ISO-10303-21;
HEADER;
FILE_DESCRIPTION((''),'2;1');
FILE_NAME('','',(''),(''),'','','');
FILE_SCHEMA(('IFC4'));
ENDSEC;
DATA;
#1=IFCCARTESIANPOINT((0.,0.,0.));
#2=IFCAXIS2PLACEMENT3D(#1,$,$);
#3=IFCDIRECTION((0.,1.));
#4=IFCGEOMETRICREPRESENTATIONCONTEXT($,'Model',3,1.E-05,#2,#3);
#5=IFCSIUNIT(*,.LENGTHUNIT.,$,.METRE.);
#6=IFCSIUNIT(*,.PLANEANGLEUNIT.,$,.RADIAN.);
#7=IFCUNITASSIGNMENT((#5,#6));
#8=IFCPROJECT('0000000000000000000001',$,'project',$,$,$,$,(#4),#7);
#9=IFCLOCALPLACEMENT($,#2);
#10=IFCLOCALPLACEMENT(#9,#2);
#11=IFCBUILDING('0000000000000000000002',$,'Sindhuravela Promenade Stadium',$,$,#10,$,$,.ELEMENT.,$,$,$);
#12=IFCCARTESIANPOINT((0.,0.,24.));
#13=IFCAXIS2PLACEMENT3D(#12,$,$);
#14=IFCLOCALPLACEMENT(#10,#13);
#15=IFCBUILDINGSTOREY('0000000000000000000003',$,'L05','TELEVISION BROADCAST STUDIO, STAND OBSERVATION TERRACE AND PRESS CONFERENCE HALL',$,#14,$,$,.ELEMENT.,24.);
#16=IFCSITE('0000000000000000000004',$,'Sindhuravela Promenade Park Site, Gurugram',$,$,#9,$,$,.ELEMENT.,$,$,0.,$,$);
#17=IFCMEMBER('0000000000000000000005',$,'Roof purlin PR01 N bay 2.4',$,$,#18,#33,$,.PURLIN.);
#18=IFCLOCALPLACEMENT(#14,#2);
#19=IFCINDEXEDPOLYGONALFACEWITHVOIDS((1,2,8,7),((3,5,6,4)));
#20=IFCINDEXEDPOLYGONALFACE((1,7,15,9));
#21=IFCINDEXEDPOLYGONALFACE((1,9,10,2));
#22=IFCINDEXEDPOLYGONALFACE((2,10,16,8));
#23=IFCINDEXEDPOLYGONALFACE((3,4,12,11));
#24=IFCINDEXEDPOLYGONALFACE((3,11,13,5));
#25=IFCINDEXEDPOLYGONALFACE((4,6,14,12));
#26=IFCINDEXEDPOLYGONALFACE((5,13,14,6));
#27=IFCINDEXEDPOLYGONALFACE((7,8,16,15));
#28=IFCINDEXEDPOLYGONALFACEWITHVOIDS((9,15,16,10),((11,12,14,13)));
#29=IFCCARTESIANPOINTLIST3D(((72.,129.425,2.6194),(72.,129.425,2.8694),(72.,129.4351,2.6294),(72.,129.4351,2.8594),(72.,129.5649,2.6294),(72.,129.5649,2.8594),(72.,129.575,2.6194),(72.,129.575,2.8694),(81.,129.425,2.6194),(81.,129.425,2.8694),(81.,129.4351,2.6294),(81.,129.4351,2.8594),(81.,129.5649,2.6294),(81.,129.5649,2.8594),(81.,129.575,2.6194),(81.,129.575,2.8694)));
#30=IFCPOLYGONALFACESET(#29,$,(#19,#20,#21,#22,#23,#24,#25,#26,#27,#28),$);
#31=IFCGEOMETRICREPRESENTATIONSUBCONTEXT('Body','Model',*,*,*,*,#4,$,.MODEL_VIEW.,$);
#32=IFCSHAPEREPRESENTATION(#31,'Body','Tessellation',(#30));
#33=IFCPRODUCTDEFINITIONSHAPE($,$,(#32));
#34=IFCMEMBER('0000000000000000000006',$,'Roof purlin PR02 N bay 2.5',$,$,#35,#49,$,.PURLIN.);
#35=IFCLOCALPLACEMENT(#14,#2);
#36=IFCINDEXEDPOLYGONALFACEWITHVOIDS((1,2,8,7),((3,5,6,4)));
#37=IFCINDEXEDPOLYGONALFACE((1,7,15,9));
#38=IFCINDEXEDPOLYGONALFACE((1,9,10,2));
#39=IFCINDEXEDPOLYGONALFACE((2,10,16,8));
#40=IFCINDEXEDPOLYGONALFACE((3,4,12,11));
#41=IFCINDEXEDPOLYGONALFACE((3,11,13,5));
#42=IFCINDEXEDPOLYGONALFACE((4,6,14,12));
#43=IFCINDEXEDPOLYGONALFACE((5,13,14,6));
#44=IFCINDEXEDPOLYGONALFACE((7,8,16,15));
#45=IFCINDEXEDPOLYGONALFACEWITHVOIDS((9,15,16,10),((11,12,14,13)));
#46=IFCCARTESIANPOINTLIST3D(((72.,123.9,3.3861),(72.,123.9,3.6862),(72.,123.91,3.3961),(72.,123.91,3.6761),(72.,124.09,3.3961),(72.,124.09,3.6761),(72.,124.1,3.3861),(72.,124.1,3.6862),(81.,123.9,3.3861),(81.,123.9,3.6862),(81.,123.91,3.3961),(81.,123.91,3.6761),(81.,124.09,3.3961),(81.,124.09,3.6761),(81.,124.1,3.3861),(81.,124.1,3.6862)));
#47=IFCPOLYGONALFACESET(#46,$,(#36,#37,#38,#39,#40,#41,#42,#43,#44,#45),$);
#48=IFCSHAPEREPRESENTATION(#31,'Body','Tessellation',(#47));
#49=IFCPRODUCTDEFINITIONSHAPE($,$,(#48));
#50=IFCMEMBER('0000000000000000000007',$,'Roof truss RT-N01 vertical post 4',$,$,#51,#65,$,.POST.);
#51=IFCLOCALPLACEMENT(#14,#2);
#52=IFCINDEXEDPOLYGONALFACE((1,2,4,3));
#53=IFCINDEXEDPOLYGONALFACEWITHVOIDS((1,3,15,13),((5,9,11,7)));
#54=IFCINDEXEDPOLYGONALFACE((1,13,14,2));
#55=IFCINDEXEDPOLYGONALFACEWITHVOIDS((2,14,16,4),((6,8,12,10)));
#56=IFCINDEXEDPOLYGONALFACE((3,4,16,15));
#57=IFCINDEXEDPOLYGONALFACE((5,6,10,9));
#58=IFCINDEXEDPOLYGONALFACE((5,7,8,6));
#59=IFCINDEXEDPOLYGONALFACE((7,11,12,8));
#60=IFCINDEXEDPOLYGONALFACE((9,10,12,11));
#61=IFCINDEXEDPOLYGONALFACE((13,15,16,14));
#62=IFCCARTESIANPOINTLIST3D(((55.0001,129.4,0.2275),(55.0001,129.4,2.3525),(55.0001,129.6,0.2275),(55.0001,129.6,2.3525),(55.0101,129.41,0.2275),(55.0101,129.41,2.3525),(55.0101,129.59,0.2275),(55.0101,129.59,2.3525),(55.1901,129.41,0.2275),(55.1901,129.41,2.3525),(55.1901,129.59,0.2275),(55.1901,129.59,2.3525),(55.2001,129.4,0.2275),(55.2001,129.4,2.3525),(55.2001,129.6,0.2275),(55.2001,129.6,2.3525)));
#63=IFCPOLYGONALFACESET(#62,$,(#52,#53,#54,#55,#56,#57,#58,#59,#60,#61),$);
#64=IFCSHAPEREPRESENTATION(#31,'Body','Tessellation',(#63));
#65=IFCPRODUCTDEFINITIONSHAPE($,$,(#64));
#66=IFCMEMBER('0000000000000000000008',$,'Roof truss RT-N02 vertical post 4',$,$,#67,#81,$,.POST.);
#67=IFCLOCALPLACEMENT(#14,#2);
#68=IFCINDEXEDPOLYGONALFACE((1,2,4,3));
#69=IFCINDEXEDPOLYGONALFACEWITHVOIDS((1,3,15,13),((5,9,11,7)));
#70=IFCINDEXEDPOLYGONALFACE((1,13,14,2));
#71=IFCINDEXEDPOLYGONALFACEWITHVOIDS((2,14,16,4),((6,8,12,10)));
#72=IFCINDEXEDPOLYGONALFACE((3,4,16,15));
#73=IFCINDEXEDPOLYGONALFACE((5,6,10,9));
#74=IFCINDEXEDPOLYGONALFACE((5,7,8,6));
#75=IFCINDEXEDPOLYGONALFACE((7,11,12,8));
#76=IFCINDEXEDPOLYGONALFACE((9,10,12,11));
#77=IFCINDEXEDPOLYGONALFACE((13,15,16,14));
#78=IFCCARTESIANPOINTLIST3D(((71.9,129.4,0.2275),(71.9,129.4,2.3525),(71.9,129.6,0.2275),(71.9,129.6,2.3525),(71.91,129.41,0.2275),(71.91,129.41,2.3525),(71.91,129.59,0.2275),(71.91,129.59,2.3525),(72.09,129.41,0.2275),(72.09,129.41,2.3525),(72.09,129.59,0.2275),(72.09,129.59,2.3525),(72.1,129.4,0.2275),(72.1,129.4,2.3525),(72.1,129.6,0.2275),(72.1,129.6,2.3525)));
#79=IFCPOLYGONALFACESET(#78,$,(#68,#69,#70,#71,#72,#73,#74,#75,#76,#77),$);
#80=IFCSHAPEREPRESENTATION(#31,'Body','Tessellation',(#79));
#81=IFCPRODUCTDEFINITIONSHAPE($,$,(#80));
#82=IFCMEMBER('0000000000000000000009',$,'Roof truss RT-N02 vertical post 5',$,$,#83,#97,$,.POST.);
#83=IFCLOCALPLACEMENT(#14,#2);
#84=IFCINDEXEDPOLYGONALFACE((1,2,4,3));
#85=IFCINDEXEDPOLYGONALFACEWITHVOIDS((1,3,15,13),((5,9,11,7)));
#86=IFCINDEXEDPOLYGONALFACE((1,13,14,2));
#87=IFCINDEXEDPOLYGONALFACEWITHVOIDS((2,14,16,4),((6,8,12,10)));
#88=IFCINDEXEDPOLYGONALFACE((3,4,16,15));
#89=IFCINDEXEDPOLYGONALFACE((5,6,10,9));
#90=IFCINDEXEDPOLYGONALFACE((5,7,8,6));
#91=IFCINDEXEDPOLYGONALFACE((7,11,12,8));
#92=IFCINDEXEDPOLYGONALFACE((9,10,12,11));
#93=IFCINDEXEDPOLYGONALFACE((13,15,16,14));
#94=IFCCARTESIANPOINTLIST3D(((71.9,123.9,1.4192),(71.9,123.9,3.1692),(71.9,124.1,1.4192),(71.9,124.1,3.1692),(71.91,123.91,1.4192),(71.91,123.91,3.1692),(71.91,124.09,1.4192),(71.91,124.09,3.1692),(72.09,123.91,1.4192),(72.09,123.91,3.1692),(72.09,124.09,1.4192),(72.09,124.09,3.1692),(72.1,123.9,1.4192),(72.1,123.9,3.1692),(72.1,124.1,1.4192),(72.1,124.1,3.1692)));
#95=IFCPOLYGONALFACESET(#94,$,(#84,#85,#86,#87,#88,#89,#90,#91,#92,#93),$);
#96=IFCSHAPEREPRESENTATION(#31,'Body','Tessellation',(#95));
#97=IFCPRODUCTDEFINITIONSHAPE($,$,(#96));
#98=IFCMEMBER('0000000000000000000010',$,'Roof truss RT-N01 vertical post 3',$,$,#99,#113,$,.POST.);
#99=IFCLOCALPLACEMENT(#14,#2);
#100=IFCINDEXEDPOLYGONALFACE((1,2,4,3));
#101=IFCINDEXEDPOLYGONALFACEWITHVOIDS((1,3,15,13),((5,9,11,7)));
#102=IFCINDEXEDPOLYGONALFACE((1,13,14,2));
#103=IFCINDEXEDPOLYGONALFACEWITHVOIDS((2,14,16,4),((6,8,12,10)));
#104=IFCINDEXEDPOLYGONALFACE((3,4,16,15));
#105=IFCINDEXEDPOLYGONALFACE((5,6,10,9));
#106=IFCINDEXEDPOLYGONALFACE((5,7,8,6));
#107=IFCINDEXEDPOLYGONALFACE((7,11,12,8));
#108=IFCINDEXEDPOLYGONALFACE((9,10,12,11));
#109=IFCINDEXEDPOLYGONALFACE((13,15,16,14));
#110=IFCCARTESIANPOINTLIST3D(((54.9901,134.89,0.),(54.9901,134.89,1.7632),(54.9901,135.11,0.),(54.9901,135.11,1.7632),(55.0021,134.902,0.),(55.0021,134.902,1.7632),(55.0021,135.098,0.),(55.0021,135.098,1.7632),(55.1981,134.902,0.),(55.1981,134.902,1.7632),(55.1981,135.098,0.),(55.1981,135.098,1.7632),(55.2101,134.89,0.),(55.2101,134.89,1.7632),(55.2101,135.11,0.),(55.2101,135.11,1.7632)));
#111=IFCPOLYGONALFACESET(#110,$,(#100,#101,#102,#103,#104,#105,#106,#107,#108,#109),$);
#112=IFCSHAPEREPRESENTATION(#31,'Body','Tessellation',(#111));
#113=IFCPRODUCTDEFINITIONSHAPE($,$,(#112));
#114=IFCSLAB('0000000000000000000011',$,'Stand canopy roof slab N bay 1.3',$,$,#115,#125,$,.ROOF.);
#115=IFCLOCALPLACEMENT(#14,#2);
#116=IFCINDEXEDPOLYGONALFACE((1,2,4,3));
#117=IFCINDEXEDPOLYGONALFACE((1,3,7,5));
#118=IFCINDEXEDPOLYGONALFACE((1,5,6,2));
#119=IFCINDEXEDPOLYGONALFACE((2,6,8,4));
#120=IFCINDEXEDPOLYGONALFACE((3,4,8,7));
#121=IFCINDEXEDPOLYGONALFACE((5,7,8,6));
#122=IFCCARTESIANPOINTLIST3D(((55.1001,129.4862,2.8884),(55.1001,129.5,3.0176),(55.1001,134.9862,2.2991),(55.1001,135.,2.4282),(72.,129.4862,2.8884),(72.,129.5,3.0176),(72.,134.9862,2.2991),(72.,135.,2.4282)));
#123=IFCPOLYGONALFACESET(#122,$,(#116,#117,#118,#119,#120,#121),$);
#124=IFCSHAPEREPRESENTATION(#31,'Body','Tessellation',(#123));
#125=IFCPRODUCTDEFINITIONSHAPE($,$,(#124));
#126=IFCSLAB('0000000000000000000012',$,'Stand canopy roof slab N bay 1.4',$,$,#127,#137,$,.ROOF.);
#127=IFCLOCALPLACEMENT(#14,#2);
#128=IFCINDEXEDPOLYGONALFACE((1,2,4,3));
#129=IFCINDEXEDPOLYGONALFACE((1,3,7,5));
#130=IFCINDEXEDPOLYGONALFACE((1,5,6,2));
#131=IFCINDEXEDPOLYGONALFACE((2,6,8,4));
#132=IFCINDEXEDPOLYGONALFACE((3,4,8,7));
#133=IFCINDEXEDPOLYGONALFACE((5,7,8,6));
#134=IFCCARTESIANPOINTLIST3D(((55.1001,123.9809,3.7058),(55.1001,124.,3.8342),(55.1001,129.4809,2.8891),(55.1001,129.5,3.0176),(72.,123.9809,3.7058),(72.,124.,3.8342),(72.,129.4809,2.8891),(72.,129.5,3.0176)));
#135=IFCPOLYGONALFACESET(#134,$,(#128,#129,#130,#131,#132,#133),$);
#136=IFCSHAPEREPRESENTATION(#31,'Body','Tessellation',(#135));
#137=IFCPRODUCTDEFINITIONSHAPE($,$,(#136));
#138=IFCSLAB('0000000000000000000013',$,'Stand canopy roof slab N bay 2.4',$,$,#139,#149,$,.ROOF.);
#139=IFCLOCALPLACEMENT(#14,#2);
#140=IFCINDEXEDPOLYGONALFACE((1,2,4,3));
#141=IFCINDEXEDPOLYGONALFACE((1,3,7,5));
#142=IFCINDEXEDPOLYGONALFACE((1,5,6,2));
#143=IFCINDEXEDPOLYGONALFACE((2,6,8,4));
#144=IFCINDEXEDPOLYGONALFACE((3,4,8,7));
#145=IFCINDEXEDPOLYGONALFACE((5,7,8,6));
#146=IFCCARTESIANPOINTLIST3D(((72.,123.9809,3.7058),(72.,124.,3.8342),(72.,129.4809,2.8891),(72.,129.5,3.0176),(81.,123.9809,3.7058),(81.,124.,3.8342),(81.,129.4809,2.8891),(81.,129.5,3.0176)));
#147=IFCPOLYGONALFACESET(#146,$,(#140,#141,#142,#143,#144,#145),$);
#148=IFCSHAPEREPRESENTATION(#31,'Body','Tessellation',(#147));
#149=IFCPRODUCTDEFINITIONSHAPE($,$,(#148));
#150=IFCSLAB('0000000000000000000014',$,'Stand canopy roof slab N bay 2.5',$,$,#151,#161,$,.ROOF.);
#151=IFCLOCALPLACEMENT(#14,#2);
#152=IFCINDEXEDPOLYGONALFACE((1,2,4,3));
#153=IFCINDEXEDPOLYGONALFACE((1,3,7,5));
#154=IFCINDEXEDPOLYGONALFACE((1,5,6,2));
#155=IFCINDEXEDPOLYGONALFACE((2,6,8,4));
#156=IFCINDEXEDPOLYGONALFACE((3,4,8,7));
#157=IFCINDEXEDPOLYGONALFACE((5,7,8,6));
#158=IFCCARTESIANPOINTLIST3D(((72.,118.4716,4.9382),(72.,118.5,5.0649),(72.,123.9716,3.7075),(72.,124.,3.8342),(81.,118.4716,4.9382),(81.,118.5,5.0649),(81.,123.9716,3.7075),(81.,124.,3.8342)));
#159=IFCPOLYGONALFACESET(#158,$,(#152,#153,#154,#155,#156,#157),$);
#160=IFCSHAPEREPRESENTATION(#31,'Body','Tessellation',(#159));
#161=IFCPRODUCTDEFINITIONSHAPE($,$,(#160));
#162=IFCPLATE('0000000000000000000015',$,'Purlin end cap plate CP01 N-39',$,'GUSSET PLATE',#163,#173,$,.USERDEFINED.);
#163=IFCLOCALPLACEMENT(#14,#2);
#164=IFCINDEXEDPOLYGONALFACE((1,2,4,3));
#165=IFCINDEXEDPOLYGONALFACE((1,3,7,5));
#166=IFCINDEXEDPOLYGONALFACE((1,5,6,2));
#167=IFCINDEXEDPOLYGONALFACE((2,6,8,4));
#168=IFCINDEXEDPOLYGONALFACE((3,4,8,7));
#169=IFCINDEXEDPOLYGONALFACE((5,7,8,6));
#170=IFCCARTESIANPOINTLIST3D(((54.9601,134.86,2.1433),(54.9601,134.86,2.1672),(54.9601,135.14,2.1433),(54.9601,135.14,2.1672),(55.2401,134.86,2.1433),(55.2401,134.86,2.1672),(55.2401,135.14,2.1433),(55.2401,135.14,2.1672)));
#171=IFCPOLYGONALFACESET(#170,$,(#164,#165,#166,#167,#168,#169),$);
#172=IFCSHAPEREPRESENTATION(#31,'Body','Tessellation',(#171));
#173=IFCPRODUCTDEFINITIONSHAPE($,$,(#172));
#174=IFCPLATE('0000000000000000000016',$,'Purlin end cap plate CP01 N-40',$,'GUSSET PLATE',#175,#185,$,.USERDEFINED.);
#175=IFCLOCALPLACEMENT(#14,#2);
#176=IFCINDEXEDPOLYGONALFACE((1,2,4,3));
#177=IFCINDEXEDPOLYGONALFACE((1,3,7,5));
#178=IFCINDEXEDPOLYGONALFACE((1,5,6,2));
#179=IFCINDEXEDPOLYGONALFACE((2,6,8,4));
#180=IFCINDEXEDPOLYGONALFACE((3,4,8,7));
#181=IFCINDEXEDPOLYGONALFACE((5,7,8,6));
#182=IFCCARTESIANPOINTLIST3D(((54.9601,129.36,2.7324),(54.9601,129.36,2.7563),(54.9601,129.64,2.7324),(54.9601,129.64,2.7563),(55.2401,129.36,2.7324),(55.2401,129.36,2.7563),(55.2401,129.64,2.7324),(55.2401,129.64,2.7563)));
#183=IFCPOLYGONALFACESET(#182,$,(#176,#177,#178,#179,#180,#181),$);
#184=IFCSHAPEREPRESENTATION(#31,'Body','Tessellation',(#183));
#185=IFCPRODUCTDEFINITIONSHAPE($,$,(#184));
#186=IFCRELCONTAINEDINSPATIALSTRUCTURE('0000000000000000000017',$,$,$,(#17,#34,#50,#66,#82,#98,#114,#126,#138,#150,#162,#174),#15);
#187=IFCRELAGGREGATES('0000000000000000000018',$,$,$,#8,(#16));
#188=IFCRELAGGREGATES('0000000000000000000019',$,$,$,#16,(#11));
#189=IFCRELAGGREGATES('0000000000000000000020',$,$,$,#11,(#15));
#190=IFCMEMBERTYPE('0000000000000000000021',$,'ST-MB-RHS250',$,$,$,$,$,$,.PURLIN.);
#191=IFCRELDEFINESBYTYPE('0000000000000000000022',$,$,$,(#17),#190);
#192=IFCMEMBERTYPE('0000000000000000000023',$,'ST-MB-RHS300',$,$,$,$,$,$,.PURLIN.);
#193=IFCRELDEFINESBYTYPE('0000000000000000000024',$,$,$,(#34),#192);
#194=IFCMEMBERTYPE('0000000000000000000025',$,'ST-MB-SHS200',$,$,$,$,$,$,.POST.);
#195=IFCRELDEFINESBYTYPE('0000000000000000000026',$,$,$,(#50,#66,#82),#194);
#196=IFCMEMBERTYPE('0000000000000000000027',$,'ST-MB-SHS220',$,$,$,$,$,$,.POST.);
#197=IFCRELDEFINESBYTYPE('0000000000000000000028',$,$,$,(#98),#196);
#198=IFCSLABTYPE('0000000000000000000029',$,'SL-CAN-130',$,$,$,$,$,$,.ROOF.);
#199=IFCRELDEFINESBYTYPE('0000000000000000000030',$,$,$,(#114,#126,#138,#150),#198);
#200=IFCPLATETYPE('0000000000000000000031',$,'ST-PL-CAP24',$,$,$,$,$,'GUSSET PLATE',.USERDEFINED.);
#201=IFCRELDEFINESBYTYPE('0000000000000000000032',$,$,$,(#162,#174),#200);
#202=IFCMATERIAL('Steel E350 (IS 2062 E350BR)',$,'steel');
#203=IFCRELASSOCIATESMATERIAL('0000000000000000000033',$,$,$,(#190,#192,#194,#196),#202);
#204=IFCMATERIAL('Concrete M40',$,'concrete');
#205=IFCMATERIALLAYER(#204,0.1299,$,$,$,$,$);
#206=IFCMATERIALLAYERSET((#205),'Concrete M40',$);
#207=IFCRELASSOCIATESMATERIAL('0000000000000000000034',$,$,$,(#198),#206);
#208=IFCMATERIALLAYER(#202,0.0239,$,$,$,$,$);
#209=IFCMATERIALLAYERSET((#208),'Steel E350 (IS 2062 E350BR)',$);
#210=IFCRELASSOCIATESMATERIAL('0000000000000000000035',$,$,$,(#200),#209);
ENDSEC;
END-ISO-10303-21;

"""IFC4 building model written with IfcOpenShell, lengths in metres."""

from ifc_helpers import new_model, si_unit, direction, frame, origin, origin_2d, place, context, subcontext, project, spatial, polyline, rectangle, hollow_rectangle, outline, extrude, material, layer, layer_set, material_profile, profile_set, type_object, element, save


model = new_model("IFC4")

# Units and contexts
model_context = context("Model", 3, precision=1e-05, world=origin(), true_north=direction((0.0, 1.0)))
body_context = subcontext(model_context, "Body", "Model", "MODEL_VIEW")
ifc_project = project(units=[si_unit("LENGTHUNIT", "METRE"), si_unit("PLANEANGLEUNIT", "RADIAN")], contexts=[model_context])

# Site, building, storey
site_placement = place(None, origin())
site = spatial("IfcSite", under=ifc_project, at=site_placement, Name="Sindhuravela Promenade Park Site, Gurugram", CompositionType="ELEMENT", RefElevation=0.0)
building_placement = place(site_placement, origin())
building = spatial("IfcBuilding", under=site, at=building_placement, Name="Sindhuravela Promenade Stadium", CompositionType="ELEMENT")
storey_placement = place(building_placement, frame((0.0, 0.0, 24.0)))
storey = spatial("IfcBuildingStorey", under=building, at=storey_placement, Name="L05", Description="TELEVISION BROADCAST STUDIO, STAND OBSERVATION TERRACE AND PRESS CONFERENCE HALL", CompositionType="ELEMENT", Elevation=24.0)

# Shared definitions
ifc_material_1 = material(Name="Concrete M40", Category="concrete")

# Shared definitions
ifc_material_2 = material(Name="Steel E350 (IS 2062 E350BR)", Category="steel")

# Members
ifc_material_profile_1 = material_profile(ifc_material_2, hollow_rectangle(XDim=0.1499, YDim=0.25, WallThickness=0.01, at=origin_2d()), Name="RHS 250x150x10")
ifc_profile_set_1 = profile_set([ifc_material_profile_1], Name="Steel E350 (IS 2062 E350BR)")
member_type_1 = type_object("IfcMemberType", Name="ST-MB-RHS250", PredefinedType="PURLIN", material=ifc_profile_set_1)
member_1_placement = place(storey_placement, frame((72.0, 129.5, 2.7444), z_axis=(1.0, 0.0, 0.0), x_axis=(0.0, 1.0, 0.0)))
element("IfcMember", 1, at=member_1_placement, inside=storey, type_object=member_type_1, Name="Roof purlin PR01 N bay 2.4", PredefinedType="PURLIN", context=body_context, shape_type="SweptSolid", body=[
    extrude(hollow_rectangle(XDim=0.1499, YDim=0.25, WallThickness=0.01, at=origin_2d()), origin(), (0.0, 0.0, 1.0), 9.0),
])
ifc_material_profile_2 = material_profile(ifc_material_2, hollow_rectangle(XDim=0.2, YDim=0.3, WallThickness=0.01, at=origin_2d()), Name="RHS 300x200x10")
ifc_profile_set_2 = profile_set([ifc_material_profile_2], Name="Steel E350 (IS 2062 E350BR)")
member_type_2 = type_object("IfcMemberType", Name="ST-MB-RHS300", PredefinedType="PURLIN", material=ifc_profile_set_2)
member_2_placement = place(storey_placement, frame((72.0, 124.0, 3.5361), z_axis=(1.0, 0.0, 0.0), x_axis=(0.0, 1.0, 0.0)))
element("IfcMember", 2, at=member_2_placement, inside=storey, type_object=member_type_2, Name="Roof purlin PR02 N bay 2.5", PredefinedType="PURLIN", context=body_context, shape_type="SweptSolid", body=[
    extrude(hollow_rectangle(XDim=0.2, YDim=0.3, WallThickness=0.01, at=origin_2d()), origin(), (0.0, 0.0, 1.0), 9.0),
])
ifc_material_profile_3 = material_profile(ifc_material_2, hollow_rectangle(XDim=0.2, YDim=0.2, WallThickness=0.01, at=origin_2d()), Name="SHS 200x200x10")
ifc_profile_set_3 = profile_set([ifc_material_profile_3], Name="Steel E350 (IS 2062 E350BR)")
member_type_3 = type_object("IfcMemberType", Name="ST-MB-SHS200", PredefinedType="POST", material=ifc_profile_set_3)
for number, where, z_axis, x_axis, name in (
    (3, (55.1001, 129.5, 0.2275), (0.0, 0.0, 1.0), (1.0, 0.0, 0.0), "Roof truss RT-N01 vertical post 4"),
    (4, (72.0, 129.5, 0.2275), (0.0, 0.0, 1.0), (1.0, 0.0, 0.0), "Roof truss RT-N02 vertical post 4"),
):
    element("IfcMember", number, at=place(storey_placement, frame(where, z_axis=z_axis, x_axis=x_axis)), inside=storey, type_object=member_type_3, Name=name, PredefinedType="POST", context=body_context, shape_type="SweptSolid", body=[
        extrude(hollow_rectangle(XDim=0.2, YDim=0.2, WallThickness=0.01, at=origin_2d()), origin(), (0.0, 0.0, 1.0), 2.125),
    ])
member_3_placement = place(storey_placement, frame((72.0, 124.0, 1.4192), z_axis=(0.0, 0.0, 1.0), x_axis=(1.0, 0.0, 0.0)))
element("IfcMember", 5, at=member_3_placement, inside=storey, type_object=member_type_3, Name="Roof truss RT-N02 vertical post 5", PredefinedType="POST", context=body_context, shape_type="SweptSolid", body=[
    extrude(hollow_rectangle(XDim=0.2, YDim=0.2, WallThickness=0.01, at=origin_2d()), origin(), (0.0, 0.0, 1.0), 1.75),
])
ifc_material_profile_4 = material_profile(ifc_material_2, hollow_rectangle(XDim=0.22, YDim=0.22, WallThickness=0.012, at=origin_2d()), Name="SHS 220x220x12")
ifc_profile_set_4 = profile_set([ifc_material_profile_4], Name="Steel E350 (IS 2062 E350BR)")
member_type_4 = type_object("IfcMemberType", Name="ST-MB-SHS220", PredefinedType="POST", material=ifc_profile_set_4)
member_4_placement = place(storey_placement, frame((55.1001, 135.0, 0.0), z_axis=(0.0, 0.0, 1.0), x_axis=(1.0, 0.0, 0.0)))
element("IfcMember", 6, at=member_4_placement, inside=storey, type_object=member_type_4, Name="Roof truss RT-N01 vertical post 3", PredefinedType="POST", context=body_context, shape_type="SweptSolid", body=[
    extrude(hollow_rectangle(XDim=0.22, YDim=0.22, WallThickness=0.012, at=origin_2d()), origin(), (0.0, 0.0, 1.0), 1.7632),
])

# Slabs
ifc_layer_1 = layer(ifc_material_1, 0.1299)
ifc_layer_set_1 = layer_set([ifc_layer_1], Name="Concrete M40")
slab_type = type_object("IfcSlabType", Name="SL-CAN-130", PredefinedType="ROOF", material=ifc_layer_set_1)
slab_1_placement = place(storey_placement, frame((55.1001, 135.0, 2.4282), z_axis=(0.0, 0.106546, 0.994308), x_axis=(1.0, 0.0, 0.0)))
element("IfcSlab", 7, at=slab_1_placement, inside=storey, type_object=slab_type, Name="Stand canopy roof slab N bay 1.3", PredefinedType="ROOF", context=body_context, shape_type="SweptSolid", body=[
    extrude(outline(polyline([(0.0, 0.0), (0.0, -5.5315), (16.8999, -5.5315), (16.8999, 0.0), (0.0, 0.0)])), origin(), (0.0, 0.0, -1.0), 0.1299),
])
slab_2_placement = place(storey_placement, frame((55.1001, 129.5, 3.0176), z_axis=(0.0, 0.146872, 0.989156), x_axis=(1.0, 0.0, 0.0)))
element("IfcSlab", 8, at=slab_2_placement, inside=storey, type_object=slab_type, Name="Stand canopy roof slab N bay 1.4", PredefinedType="ROOF", context=body_context, shape_type="SweptSolid", body=[
    extrude(outline(polyline([(0.0, 0.0), (0.0, -5.5603), (16.8999, -5.5603), (16.8999, 0.0), (0.0, 0.0)])), origin(), (0.0, 0.0, -1.0), 0.1299),
])
slab_3_placement = place(storey_placement, frame((72.0, 129.5, 3.0176), z_axis=(0.0, 0.146872, 0.989156), x_axis=(1.0, 0.0, 0.0)))
element("IfcSlab", 9, at=slab_3_placement, inside=storey, type_object=slab_type, Name="Stand canopy roof slab N bay 2.4", PredefinedType="ROOF", context=body_context, shape_type="SweptSolid", body=[
    extrude(outline(polyline([(0.0, 0.0), (0.0, -5.5603), (9.0, -5.5603), (9.0, 0.0), (0.0, 0.0)])), origin(), (0.0, 0.0, -1.0), 0.1299),
])
slab_4_placement = place(storey_placement, frame((72.0, 124.0, 3.8342), z_axis=(0.0, 0.218366, 0.975867), x_axis=(1.0, 0.0, 0.0)))
element("IfcSlab", 10, at=slab_4_placement, inside=storey, type_object=slab_type, Name="Stand canopy roof slab N bay 2.5", PredefinedType="ROOF", context=body_context, shape_type="SweptSolid", body=[
    extrude(outline(polyline([(0.0, 0.0), (0.0, -5.636), (9.0, -5.636), (9.0, 0.0), (0.0, 0.0)])), origin(), (0.0, 0.0, -1.0), 0.1299),
])

# Plates
ifc_layer_2 = layer(ifc_material_2, 0.0239)
ifc_layer_set_2 = layer_set([ifc_layer_2], Name="Steel E350 (IS 2062 E350BR)")
plate_type = type_object("IfcPlateType", Name="ST-PL-CAP24", ElementType="GUSSET PLATE", PredefinedType="USERDEFINED", material=ifc_layer_set_2)
for number, where, z_axis, x_axis, name in (
    (11, (55.1001, 135.0, 2.1433), (0.0, 0.0, 1.0), (1.0, 0.0, 0.0), "Purlin end cap plate CP01 N-39"),
    (12, (55.1001, 129.5, 2.7324), (0.0, 0.0, 1.0), (1.0, 0.0, 0.0), "Purlin end cap plate CP01 N-40"),
):
    element("IfcPlate", number, at=place(storey_placement, frame(where, z_axis=z_axis, x_axis=x_axis)), inside=storey, type_object=plate_type, Name=name, ObjectType="GUSSET PLATE", PredefinedType="USERDEFINED", context=body_context, shape_type="SweptSolid", body=[
        extrude(rectangle(XDim=0.28, YDim=0.28, at=origin_2d()), origin(), (0.0, 0.0, 1.0), 0.0239),
    ])

save(model, "model.ifc")
